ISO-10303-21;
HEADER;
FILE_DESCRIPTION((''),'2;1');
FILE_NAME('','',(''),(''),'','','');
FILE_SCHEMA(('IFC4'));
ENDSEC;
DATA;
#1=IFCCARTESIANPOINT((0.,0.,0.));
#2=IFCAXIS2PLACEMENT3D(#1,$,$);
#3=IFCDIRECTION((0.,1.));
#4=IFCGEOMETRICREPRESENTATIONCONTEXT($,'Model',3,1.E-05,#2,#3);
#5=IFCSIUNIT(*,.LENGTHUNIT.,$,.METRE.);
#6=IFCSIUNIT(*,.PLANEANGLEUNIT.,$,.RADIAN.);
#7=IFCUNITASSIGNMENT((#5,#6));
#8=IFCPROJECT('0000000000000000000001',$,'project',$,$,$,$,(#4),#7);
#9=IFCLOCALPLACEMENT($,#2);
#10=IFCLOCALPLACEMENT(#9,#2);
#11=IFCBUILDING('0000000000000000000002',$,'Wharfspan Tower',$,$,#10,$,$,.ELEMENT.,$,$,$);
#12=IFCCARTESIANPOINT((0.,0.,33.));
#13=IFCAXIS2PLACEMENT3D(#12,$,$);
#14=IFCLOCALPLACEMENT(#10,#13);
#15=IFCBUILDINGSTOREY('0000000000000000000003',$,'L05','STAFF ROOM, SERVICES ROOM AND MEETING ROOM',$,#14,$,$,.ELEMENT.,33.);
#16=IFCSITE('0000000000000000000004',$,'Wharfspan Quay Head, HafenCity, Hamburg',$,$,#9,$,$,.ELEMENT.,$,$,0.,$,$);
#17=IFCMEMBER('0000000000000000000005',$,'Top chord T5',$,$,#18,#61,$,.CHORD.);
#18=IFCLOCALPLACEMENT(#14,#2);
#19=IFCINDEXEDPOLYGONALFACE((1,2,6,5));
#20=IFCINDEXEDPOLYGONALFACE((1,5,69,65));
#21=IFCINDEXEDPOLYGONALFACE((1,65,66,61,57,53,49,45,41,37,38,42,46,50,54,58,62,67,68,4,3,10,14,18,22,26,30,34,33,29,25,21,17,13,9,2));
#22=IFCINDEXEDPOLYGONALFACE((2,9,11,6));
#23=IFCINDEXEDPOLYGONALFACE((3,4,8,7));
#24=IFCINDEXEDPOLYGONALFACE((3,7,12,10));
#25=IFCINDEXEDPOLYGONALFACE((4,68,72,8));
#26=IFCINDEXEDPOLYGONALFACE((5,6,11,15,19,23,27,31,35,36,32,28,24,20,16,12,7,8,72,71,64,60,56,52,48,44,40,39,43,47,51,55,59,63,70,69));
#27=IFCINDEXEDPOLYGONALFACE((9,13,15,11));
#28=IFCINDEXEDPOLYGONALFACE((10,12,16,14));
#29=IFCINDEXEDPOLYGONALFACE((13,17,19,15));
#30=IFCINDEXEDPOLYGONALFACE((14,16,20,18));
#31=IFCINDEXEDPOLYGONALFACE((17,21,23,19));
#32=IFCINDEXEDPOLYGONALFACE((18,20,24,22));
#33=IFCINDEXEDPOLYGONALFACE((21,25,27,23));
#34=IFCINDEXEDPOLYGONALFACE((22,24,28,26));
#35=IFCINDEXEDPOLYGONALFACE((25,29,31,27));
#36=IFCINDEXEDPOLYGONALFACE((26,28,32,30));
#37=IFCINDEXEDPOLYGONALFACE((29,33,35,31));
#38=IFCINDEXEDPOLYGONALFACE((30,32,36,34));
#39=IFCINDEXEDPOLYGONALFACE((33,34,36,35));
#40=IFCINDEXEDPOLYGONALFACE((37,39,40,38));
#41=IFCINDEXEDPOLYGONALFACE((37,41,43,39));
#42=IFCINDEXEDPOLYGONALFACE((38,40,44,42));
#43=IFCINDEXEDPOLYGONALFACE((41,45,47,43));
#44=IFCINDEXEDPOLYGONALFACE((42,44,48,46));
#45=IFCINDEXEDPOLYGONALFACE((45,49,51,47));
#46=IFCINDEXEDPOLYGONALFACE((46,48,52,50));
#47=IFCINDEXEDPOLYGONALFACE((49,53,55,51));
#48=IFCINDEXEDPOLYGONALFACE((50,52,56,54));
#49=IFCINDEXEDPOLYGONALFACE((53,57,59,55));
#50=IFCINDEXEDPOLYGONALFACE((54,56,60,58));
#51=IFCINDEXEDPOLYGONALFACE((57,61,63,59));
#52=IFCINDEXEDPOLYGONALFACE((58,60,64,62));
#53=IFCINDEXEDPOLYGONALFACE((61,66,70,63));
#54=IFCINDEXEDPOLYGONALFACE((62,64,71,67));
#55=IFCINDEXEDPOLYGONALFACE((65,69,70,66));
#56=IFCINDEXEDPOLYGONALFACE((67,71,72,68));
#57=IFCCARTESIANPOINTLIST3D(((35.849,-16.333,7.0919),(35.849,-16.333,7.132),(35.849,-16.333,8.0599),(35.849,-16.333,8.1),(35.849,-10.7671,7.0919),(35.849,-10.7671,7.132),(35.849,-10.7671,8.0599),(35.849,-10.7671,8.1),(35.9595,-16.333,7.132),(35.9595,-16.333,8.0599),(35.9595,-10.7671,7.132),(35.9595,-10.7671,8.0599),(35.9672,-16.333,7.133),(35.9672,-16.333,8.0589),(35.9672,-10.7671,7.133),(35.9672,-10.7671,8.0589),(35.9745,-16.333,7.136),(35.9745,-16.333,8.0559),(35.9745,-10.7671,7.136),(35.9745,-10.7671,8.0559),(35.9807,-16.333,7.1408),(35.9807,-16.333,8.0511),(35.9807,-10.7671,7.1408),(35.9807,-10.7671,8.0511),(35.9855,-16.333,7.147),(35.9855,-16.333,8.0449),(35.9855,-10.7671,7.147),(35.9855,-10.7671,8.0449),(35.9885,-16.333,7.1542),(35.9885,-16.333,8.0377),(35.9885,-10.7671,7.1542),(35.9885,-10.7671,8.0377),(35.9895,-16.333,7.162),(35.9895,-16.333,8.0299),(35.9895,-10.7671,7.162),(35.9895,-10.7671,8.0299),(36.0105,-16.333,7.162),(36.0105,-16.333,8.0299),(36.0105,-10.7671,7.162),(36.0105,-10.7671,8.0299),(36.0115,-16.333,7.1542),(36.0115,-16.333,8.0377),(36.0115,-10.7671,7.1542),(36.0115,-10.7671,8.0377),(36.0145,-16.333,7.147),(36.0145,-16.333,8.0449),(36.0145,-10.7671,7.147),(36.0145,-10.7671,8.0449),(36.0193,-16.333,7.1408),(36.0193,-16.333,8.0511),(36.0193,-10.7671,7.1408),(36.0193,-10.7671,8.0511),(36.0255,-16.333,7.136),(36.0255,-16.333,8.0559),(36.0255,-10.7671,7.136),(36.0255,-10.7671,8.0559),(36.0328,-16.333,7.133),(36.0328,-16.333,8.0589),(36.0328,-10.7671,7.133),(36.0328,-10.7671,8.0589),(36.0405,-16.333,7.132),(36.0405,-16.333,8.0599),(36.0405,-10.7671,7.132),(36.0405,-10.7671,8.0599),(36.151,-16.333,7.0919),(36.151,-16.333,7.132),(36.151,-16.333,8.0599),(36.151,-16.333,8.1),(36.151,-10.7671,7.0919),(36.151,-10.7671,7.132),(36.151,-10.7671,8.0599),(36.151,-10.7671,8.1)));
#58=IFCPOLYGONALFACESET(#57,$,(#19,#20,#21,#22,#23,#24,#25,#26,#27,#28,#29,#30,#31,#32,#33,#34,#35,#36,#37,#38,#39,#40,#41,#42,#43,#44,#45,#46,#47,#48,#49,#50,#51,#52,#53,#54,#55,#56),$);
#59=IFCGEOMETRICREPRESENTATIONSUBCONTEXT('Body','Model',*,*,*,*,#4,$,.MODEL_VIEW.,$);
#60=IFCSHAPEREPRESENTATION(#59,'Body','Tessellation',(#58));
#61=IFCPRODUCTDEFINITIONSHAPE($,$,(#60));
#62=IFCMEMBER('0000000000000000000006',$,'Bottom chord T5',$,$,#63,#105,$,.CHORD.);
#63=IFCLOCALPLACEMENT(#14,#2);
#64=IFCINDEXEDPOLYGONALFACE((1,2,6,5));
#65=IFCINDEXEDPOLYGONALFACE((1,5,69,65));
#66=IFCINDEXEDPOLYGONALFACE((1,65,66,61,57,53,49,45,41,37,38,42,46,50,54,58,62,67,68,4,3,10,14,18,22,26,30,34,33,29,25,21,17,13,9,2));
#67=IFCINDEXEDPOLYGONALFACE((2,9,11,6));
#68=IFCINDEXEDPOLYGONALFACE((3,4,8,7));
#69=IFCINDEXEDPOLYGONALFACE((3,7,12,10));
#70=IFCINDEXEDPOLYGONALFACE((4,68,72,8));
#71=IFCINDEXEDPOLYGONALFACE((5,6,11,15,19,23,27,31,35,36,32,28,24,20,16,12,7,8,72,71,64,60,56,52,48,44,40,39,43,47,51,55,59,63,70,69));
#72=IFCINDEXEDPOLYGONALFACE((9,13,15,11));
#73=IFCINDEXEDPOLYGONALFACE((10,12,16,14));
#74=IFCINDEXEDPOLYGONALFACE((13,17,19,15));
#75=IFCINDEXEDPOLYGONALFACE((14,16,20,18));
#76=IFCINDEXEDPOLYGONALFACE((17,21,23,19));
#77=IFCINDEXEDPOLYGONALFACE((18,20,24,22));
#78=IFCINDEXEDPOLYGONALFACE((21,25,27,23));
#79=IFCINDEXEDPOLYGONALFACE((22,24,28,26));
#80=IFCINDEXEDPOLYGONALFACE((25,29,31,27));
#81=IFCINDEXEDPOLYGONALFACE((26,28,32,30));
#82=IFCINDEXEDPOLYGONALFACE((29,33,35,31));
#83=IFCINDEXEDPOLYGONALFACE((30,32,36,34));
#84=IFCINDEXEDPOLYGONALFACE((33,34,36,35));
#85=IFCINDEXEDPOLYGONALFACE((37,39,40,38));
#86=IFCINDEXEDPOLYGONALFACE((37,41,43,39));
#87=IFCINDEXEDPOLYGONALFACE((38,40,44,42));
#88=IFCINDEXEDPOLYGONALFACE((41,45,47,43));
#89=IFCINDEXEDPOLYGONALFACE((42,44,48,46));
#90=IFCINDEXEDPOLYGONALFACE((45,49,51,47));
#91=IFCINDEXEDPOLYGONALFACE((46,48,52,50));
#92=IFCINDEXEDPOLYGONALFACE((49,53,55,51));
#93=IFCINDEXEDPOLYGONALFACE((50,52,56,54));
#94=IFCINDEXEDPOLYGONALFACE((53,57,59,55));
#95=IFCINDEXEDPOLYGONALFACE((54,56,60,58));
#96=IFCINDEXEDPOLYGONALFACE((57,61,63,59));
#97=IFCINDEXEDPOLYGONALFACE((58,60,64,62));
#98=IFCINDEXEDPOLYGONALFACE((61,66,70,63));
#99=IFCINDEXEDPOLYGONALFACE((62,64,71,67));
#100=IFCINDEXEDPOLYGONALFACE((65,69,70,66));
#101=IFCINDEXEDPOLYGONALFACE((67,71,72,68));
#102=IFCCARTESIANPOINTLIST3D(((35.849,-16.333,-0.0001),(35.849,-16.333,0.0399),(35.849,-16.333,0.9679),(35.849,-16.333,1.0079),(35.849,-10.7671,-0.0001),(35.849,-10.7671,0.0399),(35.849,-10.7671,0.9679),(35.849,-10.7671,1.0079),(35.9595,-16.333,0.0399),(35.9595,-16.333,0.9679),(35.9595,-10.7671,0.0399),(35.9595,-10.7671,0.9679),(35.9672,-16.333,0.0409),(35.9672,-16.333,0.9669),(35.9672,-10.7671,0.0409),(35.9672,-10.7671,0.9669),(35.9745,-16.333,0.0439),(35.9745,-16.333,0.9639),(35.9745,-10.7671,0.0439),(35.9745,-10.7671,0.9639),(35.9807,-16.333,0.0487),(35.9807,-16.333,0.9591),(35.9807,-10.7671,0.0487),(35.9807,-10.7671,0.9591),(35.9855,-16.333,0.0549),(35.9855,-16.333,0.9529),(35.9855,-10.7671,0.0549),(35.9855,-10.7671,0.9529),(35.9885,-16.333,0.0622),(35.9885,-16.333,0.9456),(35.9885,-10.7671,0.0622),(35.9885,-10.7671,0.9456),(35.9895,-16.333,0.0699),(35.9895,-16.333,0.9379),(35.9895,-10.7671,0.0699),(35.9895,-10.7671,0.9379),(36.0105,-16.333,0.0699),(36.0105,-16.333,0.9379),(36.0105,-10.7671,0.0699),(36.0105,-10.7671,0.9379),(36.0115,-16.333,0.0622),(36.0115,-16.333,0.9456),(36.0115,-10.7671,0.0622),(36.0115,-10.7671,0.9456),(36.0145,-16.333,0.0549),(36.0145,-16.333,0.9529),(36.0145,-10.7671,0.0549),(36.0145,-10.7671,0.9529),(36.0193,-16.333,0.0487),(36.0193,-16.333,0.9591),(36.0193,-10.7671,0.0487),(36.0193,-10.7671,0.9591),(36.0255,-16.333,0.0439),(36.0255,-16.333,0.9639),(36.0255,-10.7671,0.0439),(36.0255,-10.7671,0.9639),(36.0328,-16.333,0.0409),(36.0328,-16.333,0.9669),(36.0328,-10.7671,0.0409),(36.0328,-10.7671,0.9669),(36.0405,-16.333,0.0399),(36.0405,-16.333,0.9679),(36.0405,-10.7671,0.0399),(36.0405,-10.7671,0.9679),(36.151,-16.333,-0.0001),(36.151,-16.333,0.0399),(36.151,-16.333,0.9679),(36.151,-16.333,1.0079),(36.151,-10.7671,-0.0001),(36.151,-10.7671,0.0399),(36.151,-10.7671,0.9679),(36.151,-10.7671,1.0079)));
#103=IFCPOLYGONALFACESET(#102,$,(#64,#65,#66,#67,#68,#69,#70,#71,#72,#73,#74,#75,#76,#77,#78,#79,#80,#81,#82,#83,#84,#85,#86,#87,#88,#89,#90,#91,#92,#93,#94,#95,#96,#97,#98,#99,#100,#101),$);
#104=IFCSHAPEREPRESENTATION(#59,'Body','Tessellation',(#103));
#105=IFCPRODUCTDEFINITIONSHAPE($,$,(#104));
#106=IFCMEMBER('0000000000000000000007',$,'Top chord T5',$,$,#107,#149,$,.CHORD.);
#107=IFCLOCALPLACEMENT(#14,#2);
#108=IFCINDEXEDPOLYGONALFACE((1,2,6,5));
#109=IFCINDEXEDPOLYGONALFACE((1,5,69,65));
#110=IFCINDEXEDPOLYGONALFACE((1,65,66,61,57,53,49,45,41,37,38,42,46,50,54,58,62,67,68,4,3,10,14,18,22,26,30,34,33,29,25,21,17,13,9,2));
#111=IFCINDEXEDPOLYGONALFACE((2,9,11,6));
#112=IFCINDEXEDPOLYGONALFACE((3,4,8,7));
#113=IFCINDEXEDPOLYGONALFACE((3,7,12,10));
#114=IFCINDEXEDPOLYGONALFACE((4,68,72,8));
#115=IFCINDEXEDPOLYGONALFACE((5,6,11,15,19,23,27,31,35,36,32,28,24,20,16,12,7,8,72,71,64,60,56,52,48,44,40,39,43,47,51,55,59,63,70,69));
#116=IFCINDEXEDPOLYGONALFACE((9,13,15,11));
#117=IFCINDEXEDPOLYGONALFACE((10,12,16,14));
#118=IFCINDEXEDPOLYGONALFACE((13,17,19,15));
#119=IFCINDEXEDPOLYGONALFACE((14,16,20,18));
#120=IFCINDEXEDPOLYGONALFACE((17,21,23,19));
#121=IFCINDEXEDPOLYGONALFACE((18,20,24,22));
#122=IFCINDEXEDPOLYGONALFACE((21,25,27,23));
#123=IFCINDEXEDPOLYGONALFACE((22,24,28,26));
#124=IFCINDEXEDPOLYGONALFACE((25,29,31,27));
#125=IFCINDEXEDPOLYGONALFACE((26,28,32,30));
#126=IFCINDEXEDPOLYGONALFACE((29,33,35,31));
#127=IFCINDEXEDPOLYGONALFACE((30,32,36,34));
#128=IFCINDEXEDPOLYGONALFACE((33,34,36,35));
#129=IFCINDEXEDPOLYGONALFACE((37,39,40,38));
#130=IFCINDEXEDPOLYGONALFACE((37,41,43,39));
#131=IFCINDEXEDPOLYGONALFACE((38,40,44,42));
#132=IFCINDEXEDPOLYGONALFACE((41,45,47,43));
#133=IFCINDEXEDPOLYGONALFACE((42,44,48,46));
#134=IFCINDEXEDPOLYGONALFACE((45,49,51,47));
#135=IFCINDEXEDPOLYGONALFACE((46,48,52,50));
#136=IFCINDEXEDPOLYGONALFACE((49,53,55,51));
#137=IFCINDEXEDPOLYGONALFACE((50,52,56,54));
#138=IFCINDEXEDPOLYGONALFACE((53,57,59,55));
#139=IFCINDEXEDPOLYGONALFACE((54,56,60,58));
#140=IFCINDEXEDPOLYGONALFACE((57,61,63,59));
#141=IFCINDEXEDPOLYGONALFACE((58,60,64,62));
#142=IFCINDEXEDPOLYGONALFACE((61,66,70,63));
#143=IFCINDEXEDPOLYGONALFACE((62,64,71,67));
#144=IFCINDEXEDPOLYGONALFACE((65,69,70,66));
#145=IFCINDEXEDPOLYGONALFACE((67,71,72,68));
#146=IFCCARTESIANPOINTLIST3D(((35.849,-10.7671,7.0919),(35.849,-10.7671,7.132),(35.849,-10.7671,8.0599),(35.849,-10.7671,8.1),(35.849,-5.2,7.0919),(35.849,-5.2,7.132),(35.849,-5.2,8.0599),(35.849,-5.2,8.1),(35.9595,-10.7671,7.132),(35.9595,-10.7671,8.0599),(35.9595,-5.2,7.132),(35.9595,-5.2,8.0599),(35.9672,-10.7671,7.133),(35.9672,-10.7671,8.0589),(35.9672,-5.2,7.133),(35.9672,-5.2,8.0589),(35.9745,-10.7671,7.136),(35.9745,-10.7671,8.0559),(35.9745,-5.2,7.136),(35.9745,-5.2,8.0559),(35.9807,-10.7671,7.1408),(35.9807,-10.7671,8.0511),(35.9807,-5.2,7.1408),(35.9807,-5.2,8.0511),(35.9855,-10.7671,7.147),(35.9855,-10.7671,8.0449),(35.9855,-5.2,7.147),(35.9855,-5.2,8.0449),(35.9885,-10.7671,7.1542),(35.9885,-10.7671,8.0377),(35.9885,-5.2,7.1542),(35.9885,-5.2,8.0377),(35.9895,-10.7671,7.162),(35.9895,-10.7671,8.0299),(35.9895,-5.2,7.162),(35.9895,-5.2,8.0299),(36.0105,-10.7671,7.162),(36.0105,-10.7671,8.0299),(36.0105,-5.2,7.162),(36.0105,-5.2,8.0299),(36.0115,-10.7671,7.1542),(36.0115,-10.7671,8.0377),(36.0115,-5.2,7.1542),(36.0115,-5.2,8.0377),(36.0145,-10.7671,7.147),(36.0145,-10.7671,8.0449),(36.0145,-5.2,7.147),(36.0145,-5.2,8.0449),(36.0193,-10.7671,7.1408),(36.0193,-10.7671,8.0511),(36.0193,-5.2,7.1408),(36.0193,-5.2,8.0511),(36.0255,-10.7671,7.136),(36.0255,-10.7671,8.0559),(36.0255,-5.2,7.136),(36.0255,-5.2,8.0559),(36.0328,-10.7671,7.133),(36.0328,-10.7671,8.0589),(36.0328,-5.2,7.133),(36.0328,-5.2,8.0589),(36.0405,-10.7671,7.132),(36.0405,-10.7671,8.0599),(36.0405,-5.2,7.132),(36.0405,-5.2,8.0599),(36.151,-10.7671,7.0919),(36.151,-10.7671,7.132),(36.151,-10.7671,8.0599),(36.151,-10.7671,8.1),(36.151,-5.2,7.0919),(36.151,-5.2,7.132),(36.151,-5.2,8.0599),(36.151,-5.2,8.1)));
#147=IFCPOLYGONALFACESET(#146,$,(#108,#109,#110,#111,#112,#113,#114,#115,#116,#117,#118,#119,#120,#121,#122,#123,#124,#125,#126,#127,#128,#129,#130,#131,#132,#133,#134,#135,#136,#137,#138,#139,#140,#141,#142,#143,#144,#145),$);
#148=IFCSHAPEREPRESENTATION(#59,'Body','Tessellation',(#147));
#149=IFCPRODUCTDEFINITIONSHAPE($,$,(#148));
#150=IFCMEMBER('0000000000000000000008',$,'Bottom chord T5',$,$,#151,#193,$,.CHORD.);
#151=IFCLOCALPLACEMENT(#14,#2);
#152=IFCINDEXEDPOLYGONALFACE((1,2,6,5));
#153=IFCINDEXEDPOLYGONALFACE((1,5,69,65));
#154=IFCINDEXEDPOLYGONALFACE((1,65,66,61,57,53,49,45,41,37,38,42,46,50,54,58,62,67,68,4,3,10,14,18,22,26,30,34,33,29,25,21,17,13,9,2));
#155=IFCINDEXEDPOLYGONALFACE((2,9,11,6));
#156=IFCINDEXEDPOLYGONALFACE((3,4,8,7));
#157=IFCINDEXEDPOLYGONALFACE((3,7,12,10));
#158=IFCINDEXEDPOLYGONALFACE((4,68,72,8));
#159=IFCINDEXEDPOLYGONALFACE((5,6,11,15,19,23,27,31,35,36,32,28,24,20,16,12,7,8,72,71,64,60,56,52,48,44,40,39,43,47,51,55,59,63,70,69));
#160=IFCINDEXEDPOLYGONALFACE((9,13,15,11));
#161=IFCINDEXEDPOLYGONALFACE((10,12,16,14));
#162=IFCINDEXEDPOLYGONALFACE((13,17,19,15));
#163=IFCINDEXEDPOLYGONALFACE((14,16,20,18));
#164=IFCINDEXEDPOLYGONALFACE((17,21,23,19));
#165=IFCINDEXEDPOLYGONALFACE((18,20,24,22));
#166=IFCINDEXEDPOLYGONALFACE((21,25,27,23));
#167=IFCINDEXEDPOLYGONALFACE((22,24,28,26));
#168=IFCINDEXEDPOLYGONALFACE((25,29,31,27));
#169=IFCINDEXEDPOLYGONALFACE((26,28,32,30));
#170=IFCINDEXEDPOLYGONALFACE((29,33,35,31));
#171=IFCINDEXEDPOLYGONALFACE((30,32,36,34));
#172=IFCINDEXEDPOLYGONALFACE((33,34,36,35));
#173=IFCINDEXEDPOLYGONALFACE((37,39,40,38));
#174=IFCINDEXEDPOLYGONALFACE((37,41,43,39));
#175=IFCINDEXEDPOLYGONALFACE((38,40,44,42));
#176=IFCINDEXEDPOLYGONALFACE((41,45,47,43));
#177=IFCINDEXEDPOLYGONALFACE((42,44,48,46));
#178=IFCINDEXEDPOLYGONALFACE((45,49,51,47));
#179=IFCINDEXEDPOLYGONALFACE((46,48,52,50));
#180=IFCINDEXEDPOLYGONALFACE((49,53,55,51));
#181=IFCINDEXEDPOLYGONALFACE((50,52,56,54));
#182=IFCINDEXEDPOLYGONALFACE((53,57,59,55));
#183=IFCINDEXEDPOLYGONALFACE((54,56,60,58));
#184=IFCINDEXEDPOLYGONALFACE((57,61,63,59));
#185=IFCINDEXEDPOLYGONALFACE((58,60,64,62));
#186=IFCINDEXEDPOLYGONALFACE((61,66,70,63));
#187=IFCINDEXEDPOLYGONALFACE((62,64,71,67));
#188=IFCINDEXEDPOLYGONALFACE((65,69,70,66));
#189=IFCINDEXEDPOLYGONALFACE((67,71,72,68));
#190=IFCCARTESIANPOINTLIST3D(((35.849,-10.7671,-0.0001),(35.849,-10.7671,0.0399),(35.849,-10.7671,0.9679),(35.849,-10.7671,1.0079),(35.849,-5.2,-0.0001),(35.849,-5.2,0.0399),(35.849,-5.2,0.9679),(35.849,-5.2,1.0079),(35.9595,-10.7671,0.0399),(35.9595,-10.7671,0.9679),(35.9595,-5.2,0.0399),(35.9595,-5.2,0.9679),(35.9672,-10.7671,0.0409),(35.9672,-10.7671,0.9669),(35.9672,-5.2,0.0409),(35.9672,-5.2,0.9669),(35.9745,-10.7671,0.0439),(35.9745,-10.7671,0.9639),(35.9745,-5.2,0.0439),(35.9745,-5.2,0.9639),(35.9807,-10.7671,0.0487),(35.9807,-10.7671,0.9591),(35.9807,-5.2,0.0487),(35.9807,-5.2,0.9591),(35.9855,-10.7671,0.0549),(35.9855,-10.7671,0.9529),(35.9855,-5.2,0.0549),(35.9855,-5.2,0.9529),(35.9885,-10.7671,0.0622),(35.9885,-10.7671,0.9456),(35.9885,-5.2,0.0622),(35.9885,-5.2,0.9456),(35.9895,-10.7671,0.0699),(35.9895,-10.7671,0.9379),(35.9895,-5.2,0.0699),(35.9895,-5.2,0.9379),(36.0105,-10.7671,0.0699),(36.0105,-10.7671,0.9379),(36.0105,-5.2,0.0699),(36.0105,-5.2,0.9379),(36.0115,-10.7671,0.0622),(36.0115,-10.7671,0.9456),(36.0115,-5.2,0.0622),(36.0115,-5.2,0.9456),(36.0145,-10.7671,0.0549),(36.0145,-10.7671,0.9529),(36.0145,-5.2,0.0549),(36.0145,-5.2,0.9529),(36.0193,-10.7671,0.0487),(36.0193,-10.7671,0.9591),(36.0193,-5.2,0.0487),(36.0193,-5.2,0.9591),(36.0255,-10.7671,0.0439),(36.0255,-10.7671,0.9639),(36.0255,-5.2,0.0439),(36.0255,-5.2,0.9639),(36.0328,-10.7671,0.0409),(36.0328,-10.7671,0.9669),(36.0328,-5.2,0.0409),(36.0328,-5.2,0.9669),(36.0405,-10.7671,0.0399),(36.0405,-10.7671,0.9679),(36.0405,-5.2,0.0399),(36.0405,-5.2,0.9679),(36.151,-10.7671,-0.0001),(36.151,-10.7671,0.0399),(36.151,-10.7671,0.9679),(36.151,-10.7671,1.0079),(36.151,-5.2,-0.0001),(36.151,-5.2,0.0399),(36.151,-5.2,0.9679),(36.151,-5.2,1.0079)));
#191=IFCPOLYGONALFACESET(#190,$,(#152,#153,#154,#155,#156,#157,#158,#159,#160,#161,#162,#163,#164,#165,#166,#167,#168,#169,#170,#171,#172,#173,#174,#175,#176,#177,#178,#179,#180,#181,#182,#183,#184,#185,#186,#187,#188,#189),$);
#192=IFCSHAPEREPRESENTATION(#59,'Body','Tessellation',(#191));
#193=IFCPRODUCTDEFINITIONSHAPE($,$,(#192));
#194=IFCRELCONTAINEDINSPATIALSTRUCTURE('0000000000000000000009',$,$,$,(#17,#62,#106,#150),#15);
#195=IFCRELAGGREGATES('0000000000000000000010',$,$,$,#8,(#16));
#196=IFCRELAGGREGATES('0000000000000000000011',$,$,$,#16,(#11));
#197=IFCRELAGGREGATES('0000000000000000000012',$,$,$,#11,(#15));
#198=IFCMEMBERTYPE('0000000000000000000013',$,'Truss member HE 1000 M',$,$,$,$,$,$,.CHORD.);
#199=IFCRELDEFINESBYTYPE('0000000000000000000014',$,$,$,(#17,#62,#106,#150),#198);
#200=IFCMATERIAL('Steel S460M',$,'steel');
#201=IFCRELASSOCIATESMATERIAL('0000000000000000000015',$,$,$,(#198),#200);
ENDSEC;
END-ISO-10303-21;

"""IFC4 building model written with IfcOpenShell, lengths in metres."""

from ifc_helpers import new_model, si_unit, direction, frame, origin, origin_2d, place, context, subcontext, project, spatial, i_section, extrude, material, material_profile, profile_set, type_object, element, save


model = new_model("IFC4")

# Units and contexts
model_context = context("Model", 3, precision=1e-05, world=origin(), true_north=direction((0.0, 1.0)))
body_context = subcontext(model_context, "Body", "Model", "MODEL_VIEW")
ifc_project = project(units=[si_unit("LENGTHUNIT", "METRE"), si_unit("PLANEANGLEUNIT", "RADIAN")], contexts=[model_context])

# Site, building, storey
site_placement = place(None, origin())
site = spatial("IfcSite", under=ifc_project, at=site_placement, Name="Wharfspan Quay Head, HafenCity, Hamburg", CompositionType="ELEMENT", RefElevation=0.0)
building_placement = place(site_placement, origin())
building = spatial("IfcBuilding", under=site, at=building_placement, Name="Wharfspan Tower", CompositionType="ELEMENT")
storey_placement = place(building_placement, frame((0.0, 0.0, 33.0)))
storey = spatial("IfcBuildingStorey", under=building, at=storey_placement, Name="L05", Description="STAFF ROOM, SERVICES ROOM AND MEETING ROOM", CompositionType="ELEMENT", Elevation=33.0)

# Members
ifc_material_1 = material(Name="Steel S460M", Category="steel")
ifc_material_profile_1 = material_profile(ifc_material_1, i_section(OverallWidth=0.302, OverallDepth=1.0081, WebThickness=0.021, FlangeThickness=0.04, FilletRadius=0.03, at=origin_2d()))
ifc_profile_set_1 = profile_set([ifc_material_profile_1], Name="Steel S460M")
member_type_1 = type_object("IfcMemberType", Name="Truss member HE 1000 M", PredefinedType="CHORD", material=ifc_profile_set_1)
for number, where, z_axis, x_axis, name in (
    (1, (36.0, -16.333, 7.5959), (0.0, 1.0, 0.0), (-1.0, 0.0, 0.0), "Top chord T5"),
    (2, (36.0, -16.333, 0.5039), (0.0, 1.0, 0.0), (-1.0, 0.0, 0.0), "Bottom chord T5"),
):
    element("IfcMember", number, at=place(storey_placement, frame(where, z_axis=z_axis, x_axis=x_axis)), inside=storey, type_object=member_type_1, Name=name, PredefinedType="CHORD", context=body_context, shape_type="SweptSolid", body=[
        extrude(i_section(OverallWidth=0.302, OverallDepth=1.0081, WebThickness=0.021, FlangeThickness=0.04, FilletRadius=0.03, at=origin_2d()), origin(), (0.0, 0.0, 1.0), 5.5659),
    ])
for number, where, z_axis, x_axis, name in (
    (3, (36.0, -10.7671, 7.5959), (0.0, 1.0, 0.0), (-1.0, 0.0, 0.0), "Top chord T5"),
    (4, (36.0, -10.7671, 0.5039), (0.0, 1.0, 0.0), (-1.0, 0.0, 0.0), "Bottom chord T5"),
):
    element("IfcMember", number, at=place(storey_placement, frame(where, z_axis=z_axis, x_axis=x_axis)), inside=storey, type_object=member_type_1, Name=name, PredefinedType="CHORD", context=body_context, shape_type="SweptSolid", body=[
        extrude(i_section(OverallWidth=0.302, OverallDepth=1.0081, WebThickness=0.021, FlangeThickness=0.04, FilletRadius=0.03, at=origin_2d()), origin(), (0.0, 0.0, 1.0), 5.5671),
    ])

save(model, "model.ifc")
